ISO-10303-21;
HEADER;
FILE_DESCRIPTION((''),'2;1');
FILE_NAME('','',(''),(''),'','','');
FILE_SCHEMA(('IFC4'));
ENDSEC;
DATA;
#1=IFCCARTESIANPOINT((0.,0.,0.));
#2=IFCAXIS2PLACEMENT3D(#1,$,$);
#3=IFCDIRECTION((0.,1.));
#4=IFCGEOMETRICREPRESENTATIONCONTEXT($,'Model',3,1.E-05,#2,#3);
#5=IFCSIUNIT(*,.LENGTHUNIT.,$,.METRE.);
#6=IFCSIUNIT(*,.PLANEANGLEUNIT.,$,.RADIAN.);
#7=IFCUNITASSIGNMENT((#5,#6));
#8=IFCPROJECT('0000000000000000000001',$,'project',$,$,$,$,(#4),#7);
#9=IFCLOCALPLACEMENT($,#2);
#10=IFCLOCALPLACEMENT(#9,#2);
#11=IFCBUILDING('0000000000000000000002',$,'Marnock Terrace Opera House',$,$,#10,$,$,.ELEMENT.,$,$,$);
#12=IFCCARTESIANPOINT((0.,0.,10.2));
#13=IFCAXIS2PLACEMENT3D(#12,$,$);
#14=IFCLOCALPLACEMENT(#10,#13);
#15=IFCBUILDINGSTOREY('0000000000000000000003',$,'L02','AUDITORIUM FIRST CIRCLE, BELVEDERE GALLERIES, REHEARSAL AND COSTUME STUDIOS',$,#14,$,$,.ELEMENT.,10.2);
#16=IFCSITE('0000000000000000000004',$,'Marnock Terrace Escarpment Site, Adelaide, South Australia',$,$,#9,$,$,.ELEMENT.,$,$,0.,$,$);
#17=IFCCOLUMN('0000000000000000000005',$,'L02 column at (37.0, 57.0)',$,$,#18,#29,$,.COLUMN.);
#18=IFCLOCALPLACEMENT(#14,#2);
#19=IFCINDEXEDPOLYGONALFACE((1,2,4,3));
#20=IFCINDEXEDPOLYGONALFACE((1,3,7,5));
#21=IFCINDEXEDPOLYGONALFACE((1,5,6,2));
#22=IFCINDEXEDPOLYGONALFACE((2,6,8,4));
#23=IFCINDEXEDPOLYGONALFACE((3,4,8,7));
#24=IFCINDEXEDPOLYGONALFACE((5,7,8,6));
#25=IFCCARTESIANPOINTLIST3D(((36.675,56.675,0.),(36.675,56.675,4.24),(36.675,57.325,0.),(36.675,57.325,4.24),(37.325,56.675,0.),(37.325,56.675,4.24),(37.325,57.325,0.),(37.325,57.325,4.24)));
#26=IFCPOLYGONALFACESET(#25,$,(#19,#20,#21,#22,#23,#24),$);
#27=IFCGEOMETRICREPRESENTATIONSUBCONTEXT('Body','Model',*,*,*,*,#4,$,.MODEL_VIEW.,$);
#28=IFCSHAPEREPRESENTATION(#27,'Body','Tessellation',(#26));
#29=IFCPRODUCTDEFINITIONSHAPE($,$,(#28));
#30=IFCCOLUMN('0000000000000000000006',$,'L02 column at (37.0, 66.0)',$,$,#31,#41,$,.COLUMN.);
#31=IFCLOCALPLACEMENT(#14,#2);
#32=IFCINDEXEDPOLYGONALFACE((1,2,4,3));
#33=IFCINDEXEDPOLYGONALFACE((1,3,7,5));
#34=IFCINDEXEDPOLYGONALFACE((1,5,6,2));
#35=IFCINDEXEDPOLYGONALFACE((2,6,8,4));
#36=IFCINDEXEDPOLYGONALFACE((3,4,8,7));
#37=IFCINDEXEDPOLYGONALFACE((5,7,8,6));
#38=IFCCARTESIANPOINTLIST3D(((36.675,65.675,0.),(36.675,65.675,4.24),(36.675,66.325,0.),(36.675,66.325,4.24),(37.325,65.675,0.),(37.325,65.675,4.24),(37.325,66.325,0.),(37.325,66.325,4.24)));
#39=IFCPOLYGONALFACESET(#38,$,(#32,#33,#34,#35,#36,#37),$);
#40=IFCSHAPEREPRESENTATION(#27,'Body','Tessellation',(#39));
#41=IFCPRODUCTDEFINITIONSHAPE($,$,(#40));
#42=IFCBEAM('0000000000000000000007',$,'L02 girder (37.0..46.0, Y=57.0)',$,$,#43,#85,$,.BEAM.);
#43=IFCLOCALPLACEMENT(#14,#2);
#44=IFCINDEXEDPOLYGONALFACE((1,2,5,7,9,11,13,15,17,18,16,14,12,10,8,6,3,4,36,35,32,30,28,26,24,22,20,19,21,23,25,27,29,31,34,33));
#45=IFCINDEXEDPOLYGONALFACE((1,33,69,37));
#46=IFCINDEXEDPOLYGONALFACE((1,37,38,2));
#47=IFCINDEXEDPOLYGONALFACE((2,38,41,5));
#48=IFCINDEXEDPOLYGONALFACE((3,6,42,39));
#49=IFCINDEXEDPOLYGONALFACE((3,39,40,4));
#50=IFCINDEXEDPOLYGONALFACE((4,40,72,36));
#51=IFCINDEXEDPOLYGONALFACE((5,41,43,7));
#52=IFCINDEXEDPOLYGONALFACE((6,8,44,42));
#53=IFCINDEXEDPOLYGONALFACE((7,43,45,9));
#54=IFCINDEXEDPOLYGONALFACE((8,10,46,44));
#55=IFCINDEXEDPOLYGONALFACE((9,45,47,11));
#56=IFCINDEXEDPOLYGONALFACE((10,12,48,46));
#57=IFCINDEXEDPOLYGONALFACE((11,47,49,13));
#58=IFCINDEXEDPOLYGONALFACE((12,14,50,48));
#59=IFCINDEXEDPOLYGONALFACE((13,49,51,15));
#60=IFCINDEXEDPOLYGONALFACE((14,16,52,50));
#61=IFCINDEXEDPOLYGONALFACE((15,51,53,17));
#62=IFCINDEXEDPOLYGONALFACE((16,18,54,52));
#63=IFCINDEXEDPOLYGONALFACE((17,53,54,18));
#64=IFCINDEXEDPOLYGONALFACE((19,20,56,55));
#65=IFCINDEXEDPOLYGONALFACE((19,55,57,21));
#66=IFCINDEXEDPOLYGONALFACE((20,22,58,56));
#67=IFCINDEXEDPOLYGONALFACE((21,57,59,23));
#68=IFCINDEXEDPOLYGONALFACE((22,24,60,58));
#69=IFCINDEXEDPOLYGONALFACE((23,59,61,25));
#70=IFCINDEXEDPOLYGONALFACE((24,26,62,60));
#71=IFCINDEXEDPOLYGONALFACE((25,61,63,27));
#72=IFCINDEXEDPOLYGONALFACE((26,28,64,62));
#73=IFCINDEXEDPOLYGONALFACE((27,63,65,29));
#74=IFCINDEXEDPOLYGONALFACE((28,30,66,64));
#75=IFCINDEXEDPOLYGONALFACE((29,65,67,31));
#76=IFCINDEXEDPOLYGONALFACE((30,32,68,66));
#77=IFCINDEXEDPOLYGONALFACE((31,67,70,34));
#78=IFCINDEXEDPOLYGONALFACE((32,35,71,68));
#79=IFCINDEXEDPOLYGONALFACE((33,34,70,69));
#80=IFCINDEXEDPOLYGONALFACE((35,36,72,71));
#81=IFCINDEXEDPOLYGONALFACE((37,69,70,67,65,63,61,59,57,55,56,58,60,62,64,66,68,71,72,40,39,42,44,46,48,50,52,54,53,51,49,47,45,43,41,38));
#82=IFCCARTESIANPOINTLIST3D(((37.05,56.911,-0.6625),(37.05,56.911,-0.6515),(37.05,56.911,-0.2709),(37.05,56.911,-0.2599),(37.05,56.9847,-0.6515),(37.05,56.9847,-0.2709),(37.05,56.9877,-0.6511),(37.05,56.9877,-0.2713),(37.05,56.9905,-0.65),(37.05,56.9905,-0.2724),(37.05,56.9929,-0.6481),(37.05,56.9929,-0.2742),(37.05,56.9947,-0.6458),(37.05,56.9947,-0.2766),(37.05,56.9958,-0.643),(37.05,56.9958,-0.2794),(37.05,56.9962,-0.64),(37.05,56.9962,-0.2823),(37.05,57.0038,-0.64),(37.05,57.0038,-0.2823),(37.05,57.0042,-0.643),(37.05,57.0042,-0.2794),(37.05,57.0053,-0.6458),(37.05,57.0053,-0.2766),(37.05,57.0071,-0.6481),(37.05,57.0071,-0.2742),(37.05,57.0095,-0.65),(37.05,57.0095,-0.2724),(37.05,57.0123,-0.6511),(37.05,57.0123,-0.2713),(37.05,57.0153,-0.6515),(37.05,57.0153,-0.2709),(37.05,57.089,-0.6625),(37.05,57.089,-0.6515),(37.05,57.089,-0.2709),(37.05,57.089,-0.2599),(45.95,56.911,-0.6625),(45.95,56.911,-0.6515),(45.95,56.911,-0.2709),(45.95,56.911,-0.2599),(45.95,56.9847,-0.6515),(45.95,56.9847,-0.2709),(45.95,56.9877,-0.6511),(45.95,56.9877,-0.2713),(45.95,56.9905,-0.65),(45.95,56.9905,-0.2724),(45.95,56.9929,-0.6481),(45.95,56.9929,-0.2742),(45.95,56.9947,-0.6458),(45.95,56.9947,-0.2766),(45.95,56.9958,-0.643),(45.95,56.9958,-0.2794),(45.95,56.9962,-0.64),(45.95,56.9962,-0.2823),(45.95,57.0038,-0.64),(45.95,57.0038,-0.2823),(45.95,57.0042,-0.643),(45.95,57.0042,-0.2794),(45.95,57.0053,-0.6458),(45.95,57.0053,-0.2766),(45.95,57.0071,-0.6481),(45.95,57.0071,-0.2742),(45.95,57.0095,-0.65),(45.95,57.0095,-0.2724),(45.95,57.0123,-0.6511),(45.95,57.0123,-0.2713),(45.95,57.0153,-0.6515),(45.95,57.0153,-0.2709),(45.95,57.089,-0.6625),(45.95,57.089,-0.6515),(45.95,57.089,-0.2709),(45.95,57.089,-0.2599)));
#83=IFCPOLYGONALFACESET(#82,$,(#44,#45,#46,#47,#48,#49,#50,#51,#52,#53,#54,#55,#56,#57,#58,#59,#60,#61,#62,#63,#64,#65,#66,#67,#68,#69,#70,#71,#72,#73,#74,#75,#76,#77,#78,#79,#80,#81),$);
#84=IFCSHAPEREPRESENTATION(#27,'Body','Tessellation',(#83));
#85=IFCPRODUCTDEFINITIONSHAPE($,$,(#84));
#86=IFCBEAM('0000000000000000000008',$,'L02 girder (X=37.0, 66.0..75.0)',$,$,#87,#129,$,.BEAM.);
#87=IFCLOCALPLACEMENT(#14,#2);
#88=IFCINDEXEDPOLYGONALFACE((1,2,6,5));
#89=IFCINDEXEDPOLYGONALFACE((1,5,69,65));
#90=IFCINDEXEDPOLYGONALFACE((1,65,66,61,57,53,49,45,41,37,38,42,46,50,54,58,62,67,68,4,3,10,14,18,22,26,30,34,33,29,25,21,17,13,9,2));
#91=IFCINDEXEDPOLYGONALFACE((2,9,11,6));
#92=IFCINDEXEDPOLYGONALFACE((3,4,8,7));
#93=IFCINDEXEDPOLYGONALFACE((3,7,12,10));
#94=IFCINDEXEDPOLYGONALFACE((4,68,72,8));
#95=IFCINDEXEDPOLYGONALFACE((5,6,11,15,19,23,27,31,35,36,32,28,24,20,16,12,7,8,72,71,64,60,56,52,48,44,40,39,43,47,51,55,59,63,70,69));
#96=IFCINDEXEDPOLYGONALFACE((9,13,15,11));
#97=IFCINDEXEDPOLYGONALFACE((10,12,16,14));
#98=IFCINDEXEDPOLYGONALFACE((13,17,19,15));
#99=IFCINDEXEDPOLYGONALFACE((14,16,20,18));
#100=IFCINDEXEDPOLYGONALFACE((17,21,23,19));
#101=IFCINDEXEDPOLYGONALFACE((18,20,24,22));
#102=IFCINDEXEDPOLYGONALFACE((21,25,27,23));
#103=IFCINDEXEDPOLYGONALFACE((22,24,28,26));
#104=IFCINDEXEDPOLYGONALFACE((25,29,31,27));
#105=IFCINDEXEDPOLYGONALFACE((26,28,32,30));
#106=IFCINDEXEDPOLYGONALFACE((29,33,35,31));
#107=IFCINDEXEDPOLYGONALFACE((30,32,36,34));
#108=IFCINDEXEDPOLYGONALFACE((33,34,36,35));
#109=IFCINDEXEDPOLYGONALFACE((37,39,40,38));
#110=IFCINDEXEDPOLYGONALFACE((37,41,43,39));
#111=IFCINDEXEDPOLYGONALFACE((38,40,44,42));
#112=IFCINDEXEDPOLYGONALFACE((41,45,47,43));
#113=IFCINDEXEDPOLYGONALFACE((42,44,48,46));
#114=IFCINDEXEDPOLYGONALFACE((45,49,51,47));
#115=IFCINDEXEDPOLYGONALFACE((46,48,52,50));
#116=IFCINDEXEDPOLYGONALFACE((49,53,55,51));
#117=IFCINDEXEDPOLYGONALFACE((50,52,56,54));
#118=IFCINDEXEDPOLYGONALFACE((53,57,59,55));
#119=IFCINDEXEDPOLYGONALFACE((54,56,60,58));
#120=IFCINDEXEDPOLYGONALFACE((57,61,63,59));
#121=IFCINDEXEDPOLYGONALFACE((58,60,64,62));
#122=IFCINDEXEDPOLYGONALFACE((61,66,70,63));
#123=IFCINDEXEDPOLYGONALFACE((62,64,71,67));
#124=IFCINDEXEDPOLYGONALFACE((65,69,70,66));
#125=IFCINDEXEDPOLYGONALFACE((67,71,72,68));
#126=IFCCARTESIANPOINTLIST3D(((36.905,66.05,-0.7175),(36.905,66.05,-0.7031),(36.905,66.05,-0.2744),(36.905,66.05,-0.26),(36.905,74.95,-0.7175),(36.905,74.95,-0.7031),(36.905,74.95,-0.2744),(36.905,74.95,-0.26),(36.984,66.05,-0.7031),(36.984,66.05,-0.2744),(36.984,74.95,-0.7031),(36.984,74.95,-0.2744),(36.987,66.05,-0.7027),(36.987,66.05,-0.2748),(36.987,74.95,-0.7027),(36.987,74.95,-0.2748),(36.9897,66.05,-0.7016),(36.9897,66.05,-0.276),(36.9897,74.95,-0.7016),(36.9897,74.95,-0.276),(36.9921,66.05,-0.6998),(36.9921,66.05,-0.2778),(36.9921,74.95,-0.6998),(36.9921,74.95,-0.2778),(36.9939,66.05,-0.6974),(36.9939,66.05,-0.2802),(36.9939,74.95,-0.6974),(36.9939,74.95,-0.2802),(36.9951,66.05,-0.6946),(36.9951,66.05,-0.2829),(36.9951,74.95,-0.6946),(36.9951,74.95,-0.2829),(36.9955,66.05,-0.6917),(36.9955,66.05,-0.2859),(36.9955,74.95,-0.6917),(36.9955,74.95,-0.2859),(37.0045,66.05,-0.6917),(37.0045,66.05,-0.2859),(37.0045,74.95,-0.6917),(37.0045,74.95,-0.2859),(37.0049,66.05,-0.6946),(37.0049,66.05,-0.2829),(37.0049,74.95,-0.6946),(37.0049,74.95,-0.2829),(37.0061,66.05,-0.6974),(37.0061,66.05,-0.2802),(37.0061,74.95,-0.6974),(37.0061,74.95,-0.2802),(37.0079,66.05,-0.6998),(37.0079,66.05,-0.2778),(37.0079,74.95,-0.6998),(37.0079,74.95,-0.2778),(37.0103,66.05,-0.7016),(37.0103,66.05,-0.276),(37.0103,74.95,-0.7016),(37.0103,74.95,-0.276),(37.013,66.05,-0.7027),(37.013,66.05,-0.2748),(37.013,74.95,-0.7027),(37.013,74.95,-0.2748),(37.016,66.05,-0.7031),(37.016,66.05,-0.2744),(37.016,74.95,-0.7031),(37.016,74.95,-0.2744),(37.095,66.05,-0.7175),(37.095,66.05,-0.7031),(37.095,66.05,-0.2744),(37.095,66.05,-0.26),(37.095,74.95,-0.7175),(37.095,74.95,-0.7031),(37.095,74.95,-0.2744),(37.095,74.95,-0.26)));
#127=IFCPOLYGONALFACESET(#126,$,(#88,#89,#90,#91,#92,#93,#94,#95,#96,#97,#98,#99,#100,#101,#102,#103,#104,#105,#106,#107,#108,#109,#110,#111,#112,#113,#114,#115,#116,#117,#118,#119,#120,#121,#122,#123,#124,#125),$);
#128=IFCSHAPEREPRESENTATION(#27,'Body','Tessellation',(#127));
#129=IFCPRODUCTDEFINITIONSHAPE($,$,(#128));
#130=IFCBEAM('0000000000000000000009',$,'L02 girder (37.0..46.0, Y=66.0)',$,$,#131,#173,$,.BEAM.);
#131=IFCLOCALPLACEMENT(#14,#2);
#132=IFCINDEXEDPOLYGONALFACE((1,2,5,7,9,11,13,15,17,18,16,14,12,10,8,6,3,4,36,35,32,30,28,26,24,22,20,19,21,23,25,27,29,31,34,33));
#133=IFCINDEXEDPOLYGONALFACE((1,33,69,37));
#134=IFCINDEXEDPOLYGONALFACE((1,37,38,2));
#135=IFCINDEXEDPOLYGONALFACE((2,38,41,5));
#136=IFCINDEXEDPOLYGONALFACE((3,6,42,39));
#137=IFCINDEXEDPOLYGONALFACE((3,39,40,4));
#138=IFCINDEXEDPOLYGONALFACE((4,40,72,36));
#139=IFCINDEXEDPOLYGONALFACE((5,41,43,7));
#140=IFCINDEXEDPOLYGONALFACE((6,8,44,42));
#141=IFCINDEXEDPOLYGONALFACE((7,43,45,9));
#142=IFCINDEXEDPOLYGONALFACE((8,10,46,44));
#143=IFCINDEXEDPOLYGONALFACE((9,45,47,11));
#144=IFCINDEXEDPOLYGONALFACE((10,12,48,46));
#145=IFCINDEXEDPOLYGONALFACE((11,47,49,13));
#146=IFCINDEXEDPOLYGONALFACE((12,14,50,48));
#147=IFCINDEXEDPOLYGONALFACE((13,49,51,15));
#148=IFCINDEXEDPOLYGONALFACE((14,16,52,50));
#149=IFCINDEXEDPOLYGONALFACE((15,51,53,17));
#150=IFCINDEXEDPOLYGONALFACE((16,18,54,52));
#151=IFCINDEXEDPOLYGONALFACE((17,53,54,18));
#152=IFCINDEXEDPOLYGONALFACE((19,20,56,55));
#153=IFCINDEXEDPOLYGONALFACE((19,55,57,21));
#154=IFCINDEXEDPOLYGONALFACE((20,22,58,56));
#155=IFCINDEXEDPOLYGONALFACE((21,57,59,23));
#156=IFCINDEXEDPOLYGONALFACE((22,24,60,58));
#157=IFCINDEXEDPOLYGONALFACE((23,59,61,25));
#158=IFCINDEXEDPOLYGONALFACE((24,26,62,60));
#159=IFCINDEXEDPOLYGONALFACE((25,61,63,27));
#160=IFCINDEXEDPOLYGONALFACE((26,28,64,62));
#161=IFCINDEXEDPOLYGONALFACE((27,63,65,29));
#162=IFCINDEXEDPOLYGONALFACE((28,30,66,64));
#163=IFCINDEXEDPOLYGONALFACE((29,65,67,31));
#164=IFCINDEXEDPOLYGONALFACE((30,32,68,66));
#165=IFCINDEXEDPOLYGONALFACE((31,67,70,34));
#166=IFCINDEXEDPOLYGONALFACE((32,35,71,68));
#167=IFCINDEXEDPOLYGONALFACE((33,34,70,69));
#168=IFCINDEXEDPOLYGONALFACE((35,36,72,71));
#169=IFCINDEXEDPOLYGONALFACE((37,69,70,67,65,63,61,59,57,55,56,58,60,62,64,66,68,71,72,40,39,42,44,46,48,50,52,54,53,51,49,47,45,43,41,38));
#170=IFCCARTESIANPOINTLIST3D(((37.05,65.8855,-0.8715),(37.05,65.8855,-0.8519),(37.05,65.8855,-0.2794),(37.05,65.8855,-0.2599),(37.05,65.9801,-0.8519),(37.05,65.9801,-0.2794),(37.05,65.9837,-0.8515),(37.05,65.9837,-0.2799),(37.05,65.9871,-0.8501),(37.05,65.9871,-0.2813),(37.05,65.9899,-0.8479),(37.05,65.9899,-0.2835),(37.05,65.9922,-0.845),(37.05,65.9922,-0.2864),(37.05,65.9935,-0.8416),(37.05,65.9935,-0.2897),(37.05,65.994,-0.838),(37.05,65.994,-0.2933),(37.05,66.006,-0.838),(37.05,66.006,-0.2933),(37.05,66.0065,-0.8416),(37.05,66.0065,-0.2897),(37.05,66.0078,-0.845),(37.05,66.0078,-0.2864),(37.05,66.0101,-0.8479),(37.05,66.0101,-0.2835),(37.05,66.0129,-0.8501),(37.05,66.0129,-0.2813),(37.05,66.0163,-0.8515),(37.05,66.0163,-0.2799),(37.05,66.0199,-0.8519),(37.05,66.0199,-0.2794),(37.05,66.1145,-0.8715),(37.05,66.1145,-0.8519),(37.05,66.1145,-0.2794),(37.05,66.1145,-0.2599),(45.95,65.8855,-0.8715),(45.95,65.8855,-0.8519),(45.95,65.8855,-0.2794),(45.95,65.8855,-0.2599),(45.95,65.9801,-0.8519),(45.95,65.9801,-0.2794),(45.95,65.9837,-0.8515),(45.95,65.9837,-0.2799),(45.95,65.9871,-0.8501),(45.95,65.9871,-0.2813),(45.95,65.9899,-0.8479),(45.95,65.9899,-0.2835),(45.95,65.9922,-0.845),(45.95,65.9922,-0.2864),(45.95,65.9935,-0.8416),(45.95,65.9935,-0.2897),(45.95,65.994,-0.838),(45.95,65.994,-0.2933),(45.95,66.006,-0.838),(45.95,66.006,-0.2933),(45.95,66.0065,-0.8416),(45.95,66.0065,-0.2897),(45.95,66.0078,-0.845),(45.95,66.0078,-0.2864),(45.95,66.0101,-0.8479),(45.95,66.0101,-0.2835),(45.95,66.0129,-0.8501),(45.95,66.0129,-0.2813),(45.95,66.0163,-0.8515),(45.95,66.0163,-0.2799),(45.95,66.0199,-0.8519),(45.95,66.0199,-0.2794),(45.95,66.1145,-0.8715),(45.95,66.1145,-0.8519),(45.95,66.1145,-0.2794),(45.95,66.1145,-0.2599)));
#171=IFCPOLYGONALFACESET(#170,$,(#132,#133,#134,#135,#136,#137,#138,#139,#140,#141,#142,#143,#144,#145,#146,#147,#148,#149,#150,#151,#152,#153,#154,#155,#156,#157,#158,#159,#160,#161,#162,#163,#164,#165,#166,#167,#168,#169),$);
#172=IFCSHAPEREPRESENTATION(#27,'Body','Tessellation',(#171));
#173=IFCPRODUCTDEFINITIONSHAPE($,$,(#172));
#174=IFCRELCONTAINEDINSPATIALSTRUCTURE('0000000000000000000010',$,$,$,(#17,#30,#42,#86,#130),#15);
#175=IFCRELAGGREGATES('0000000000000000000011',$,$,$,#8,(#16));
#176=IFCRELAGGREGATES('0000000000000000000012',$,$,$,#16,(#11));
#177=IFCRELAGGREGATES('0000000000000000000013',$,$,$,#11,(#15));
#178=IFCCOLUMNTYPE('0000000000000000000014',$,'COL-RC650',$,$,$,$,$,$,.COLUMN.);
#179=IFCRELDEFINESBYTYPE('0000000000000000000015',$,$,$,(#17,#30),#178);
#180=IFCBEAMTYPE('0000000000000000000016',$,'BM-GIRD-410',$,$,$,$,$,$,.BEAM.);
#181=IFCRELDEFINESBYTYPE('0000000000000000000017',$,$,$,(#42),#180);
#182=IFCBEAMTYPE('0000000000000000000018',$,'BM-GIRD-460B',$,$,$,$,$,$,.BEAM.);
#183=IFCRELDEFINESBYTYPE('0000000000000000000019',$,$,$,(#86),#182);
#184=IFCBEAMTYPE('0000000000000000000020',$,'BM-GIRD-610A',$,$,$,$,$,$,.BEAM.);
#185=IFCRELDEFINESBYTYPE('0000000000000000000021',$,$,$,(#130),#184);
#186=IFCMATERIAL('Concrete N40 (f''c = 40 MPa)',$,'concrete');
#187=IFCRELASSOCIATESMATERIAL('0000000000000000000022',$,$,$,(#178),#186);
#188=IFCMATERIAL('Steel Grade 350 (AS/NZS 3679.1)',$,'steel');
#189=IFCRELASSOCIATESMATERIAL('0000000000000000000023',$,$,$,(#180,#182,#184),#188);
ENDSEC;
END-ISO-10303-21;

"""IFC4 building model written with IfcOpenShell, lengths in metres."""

from ifc_helpers import new_model, si_unit, direction, frame, origin, origin_2d, place, context, subcontext, project, spatial, rectangle, i_section, extrude, material, material_profile, profile_set, type_object, element, save


model = new_model("IFC4")

# Units and contexts
model_context = context("Model", 3, precision=1e-05, world=origin(), true_north=direction((0.0, 1.0)))
body_context = subcontext(model_context, "Body", "Model", "MODEL_VIEW")
ifc_project = project(units=[si_unit("LENGTHUNIT", "METRE"), si_unit("PLANEANGLEUNIT", "RADIAN")], contexts=[model_context])

# Site, building, storey
site_placement = place(None, origin())
site = spatial("IfcSite", under=ifc_project, at=site_placement, Name="Marnock Terrace Escarpment Site, Adelaide, South Australia", CompositionType="ELEMENT", RefElevation=0.0)
building_placement = place(site_placement, origin())
building = spatial("IfcBuilding", under=site, at=building_placement, Name="Marnock Terrace Opera House", CompositionType="ELEMENT")
storey_placement = place(building_placement, frame((0.0, 0.0, 10.2)))
storey = spatial("IfcBuildingStorey", under=building, at=storey_placement, Name="L02", Description="AUDITORIUM FIRST CIRCLE, BELVEDERE GALLERIES, REHEARSAL AND COSTUME STUDIOS", CompositionType="ELEMENT", Elevation=10.2)

# Columns
ifc_material_1 = material(Name="Concrete N40 (f'c = 40 MPa)", Category="concrete")
ifc_material_profile_1 = material_profile(ifc_material_1, rectangle(XDim=0.6499, YDim=0.6499, at=origin_2d()))
ifc_profile_set_1 = profile_set([ifc_material_profile_1], Name="Concrete N40 (f'c = 40 MPa)")
column_type = type_object("IfcColumnType", Name="COL-RC650", PredefinedType="COLUMN", material=ifc_profile_set_1)
for number, where, z_axis, x_axis, name in (
    (1, (37.0, 57.0, 0.0), (0.0, 0.0, 1.0), (1.0, 0.0, 0.0), "L02 column at (37.0, 57.0)"),
    (2, (37.0, 66.0, 0.0), (0.0, 0.0, 1.0), (1.0, 0.0, 0.0), "L02 column at (37.0, 66.0)"),
):
    element("IfcColumn", number, at=place(storey_placement, frame(where, z_axis=z_axis, x_axis=x_axis)), inside=storey, type_object=column_type, Name=name, PredefinedType="COLUMN", context=body_context, shape_type="SweptSolid", body=[
        extrude(rectangle(XDim=0.6499, YDim=0.6499, at=origin_2d()), origin(), (0.0, 0.0, 1.0), 4.24),
    ])

# Beams
ifc_material_2 = material(Name="Steel Grade 350 (AS/NZS 3679.1)", Category="steel")
ifc_material_profile_2 = material_profile(ifc_material_2, i_section(OverallWidth=0.178, OverallDepth=0.4026, WebThickness=0.0076, FlangeThickness=0.011, FilletRadius=0.0115, at=origin_2d()))
ifc_profile_set_2 = profile_set([ifc_material_profile_2], Name="Steel Grade 350 (AS/NZS 3679.1)")
beam_type_1 = type_object("IfcBeamType", Name="BM-GIRD-410", PredefinedType="BEAM", material=ifc_profile_set_2)
beam_1_placement = place(storey_placement, frame((37.05, 57.0, -0.4612), z_axis=(1.0, 0.0, 0.0), x_axis=(0.0, 1.0, 0.0)))
element("IfcBeam", 3, at=beam_1_placement, inside=storey, type_object=beam_type_1, Name="L02 girder (37.0..46.0, Y=57.0)", PredefinedType="BEAM", context=body_context, shape_type="SweptSolid", body=[
    extrude(i_section(OverallWidth=0.178, OverallDepth=0.4026, WebThickness=0.0076, FlangeThickness=0.011, FilletRadius=0.0115, at=origin_2d()), origin(), (0.0, 0.0, 1.0), 8.8999),
])
ifc_material_profile_3 = material_profile(ifc_material_2, i_section(OverallWidth=0.1899, OverallDepth=0.4575, WebThickness=0.009, FlangeThickness=0.0144, FilletRadius=0.0115, at=origin_2d()))
ifc_profile_set_3 = profile_set([ifc_material_profile_3], Name="Steel Grade 350 (AS/NZS 3679.1)")
beam_type_2 = type_object("IfcBeamType", Name="BM-GIRD-460B", PredefinedType="BEAM", material=ifc_profile_set_3)
beam_2_placement = place(storey_placement, frame((37.0, 66.05, -0.4888), z_axis=(0.0, 1.0, 0.0), x_axis=(-1.0, 0.0, 0.0)))
element("IfcBeam", 4, at=beam_2_placement, inside=storey, type_object=beam_type_2, Name="L02 girder (X=37.0, 66.0..75.0)", PredefinedType="BEAM", context=body_context, shape_type="SweptSolid", body=[
    extrude(i_section(OverallWidth=0.1899, OverallDepth=0.4575, WebThickness=0.009, FlangeThickness=0.0144, FilletRadius=0.0115, at=origin_2d()), origin(), (0.0, 0.0, 1.0), 8.8999),
])
ifc_material_profile_4 = material_profile(ifc_material_2, i_section(OverallWidth=0.229, OverallDepth=0.6116, WebThickness=0.012, FlangeThickness=0.0195, FilletRadius=0.0139, at=origin_2d()))
ifc_profile_set_4 = profile_set([ifc_material_profile_4], Name="Steel Grade 350 (AS/NZS 3679.1)")
beam_type_3 = type_object("IfcBeamType", Name="BM-GIRD-610A", PredefinedType="BEAM", material=ifc_profile_set_4)
beam_3_placement = place(storey_placement, frame((37.05, 66.0, -0.5657), z_axis=(1.0, 0.0, 0.0), x_axis=(0.0, 1.0, 0.0)))
element("IfcBeam", 5, at=beam_3_placement, inside=storey, type_object=beam_type_3, Name="L02 girder (37.0..46.0, Y=66.0)", PredefinedType="BEAM", context=body_context, shape_type="SweptSolid", body=[
    extrude(i_section(OverallWidth=0.229, OverallDepth=0.6116, WebThickness=0.012, FlangeThickness=0.0195, FilletRadius=0.0139, at=origin_2d()), origin(), (0.0, 0.0, 1.0), 8.8999),
])

save(model, "model.ifc")
